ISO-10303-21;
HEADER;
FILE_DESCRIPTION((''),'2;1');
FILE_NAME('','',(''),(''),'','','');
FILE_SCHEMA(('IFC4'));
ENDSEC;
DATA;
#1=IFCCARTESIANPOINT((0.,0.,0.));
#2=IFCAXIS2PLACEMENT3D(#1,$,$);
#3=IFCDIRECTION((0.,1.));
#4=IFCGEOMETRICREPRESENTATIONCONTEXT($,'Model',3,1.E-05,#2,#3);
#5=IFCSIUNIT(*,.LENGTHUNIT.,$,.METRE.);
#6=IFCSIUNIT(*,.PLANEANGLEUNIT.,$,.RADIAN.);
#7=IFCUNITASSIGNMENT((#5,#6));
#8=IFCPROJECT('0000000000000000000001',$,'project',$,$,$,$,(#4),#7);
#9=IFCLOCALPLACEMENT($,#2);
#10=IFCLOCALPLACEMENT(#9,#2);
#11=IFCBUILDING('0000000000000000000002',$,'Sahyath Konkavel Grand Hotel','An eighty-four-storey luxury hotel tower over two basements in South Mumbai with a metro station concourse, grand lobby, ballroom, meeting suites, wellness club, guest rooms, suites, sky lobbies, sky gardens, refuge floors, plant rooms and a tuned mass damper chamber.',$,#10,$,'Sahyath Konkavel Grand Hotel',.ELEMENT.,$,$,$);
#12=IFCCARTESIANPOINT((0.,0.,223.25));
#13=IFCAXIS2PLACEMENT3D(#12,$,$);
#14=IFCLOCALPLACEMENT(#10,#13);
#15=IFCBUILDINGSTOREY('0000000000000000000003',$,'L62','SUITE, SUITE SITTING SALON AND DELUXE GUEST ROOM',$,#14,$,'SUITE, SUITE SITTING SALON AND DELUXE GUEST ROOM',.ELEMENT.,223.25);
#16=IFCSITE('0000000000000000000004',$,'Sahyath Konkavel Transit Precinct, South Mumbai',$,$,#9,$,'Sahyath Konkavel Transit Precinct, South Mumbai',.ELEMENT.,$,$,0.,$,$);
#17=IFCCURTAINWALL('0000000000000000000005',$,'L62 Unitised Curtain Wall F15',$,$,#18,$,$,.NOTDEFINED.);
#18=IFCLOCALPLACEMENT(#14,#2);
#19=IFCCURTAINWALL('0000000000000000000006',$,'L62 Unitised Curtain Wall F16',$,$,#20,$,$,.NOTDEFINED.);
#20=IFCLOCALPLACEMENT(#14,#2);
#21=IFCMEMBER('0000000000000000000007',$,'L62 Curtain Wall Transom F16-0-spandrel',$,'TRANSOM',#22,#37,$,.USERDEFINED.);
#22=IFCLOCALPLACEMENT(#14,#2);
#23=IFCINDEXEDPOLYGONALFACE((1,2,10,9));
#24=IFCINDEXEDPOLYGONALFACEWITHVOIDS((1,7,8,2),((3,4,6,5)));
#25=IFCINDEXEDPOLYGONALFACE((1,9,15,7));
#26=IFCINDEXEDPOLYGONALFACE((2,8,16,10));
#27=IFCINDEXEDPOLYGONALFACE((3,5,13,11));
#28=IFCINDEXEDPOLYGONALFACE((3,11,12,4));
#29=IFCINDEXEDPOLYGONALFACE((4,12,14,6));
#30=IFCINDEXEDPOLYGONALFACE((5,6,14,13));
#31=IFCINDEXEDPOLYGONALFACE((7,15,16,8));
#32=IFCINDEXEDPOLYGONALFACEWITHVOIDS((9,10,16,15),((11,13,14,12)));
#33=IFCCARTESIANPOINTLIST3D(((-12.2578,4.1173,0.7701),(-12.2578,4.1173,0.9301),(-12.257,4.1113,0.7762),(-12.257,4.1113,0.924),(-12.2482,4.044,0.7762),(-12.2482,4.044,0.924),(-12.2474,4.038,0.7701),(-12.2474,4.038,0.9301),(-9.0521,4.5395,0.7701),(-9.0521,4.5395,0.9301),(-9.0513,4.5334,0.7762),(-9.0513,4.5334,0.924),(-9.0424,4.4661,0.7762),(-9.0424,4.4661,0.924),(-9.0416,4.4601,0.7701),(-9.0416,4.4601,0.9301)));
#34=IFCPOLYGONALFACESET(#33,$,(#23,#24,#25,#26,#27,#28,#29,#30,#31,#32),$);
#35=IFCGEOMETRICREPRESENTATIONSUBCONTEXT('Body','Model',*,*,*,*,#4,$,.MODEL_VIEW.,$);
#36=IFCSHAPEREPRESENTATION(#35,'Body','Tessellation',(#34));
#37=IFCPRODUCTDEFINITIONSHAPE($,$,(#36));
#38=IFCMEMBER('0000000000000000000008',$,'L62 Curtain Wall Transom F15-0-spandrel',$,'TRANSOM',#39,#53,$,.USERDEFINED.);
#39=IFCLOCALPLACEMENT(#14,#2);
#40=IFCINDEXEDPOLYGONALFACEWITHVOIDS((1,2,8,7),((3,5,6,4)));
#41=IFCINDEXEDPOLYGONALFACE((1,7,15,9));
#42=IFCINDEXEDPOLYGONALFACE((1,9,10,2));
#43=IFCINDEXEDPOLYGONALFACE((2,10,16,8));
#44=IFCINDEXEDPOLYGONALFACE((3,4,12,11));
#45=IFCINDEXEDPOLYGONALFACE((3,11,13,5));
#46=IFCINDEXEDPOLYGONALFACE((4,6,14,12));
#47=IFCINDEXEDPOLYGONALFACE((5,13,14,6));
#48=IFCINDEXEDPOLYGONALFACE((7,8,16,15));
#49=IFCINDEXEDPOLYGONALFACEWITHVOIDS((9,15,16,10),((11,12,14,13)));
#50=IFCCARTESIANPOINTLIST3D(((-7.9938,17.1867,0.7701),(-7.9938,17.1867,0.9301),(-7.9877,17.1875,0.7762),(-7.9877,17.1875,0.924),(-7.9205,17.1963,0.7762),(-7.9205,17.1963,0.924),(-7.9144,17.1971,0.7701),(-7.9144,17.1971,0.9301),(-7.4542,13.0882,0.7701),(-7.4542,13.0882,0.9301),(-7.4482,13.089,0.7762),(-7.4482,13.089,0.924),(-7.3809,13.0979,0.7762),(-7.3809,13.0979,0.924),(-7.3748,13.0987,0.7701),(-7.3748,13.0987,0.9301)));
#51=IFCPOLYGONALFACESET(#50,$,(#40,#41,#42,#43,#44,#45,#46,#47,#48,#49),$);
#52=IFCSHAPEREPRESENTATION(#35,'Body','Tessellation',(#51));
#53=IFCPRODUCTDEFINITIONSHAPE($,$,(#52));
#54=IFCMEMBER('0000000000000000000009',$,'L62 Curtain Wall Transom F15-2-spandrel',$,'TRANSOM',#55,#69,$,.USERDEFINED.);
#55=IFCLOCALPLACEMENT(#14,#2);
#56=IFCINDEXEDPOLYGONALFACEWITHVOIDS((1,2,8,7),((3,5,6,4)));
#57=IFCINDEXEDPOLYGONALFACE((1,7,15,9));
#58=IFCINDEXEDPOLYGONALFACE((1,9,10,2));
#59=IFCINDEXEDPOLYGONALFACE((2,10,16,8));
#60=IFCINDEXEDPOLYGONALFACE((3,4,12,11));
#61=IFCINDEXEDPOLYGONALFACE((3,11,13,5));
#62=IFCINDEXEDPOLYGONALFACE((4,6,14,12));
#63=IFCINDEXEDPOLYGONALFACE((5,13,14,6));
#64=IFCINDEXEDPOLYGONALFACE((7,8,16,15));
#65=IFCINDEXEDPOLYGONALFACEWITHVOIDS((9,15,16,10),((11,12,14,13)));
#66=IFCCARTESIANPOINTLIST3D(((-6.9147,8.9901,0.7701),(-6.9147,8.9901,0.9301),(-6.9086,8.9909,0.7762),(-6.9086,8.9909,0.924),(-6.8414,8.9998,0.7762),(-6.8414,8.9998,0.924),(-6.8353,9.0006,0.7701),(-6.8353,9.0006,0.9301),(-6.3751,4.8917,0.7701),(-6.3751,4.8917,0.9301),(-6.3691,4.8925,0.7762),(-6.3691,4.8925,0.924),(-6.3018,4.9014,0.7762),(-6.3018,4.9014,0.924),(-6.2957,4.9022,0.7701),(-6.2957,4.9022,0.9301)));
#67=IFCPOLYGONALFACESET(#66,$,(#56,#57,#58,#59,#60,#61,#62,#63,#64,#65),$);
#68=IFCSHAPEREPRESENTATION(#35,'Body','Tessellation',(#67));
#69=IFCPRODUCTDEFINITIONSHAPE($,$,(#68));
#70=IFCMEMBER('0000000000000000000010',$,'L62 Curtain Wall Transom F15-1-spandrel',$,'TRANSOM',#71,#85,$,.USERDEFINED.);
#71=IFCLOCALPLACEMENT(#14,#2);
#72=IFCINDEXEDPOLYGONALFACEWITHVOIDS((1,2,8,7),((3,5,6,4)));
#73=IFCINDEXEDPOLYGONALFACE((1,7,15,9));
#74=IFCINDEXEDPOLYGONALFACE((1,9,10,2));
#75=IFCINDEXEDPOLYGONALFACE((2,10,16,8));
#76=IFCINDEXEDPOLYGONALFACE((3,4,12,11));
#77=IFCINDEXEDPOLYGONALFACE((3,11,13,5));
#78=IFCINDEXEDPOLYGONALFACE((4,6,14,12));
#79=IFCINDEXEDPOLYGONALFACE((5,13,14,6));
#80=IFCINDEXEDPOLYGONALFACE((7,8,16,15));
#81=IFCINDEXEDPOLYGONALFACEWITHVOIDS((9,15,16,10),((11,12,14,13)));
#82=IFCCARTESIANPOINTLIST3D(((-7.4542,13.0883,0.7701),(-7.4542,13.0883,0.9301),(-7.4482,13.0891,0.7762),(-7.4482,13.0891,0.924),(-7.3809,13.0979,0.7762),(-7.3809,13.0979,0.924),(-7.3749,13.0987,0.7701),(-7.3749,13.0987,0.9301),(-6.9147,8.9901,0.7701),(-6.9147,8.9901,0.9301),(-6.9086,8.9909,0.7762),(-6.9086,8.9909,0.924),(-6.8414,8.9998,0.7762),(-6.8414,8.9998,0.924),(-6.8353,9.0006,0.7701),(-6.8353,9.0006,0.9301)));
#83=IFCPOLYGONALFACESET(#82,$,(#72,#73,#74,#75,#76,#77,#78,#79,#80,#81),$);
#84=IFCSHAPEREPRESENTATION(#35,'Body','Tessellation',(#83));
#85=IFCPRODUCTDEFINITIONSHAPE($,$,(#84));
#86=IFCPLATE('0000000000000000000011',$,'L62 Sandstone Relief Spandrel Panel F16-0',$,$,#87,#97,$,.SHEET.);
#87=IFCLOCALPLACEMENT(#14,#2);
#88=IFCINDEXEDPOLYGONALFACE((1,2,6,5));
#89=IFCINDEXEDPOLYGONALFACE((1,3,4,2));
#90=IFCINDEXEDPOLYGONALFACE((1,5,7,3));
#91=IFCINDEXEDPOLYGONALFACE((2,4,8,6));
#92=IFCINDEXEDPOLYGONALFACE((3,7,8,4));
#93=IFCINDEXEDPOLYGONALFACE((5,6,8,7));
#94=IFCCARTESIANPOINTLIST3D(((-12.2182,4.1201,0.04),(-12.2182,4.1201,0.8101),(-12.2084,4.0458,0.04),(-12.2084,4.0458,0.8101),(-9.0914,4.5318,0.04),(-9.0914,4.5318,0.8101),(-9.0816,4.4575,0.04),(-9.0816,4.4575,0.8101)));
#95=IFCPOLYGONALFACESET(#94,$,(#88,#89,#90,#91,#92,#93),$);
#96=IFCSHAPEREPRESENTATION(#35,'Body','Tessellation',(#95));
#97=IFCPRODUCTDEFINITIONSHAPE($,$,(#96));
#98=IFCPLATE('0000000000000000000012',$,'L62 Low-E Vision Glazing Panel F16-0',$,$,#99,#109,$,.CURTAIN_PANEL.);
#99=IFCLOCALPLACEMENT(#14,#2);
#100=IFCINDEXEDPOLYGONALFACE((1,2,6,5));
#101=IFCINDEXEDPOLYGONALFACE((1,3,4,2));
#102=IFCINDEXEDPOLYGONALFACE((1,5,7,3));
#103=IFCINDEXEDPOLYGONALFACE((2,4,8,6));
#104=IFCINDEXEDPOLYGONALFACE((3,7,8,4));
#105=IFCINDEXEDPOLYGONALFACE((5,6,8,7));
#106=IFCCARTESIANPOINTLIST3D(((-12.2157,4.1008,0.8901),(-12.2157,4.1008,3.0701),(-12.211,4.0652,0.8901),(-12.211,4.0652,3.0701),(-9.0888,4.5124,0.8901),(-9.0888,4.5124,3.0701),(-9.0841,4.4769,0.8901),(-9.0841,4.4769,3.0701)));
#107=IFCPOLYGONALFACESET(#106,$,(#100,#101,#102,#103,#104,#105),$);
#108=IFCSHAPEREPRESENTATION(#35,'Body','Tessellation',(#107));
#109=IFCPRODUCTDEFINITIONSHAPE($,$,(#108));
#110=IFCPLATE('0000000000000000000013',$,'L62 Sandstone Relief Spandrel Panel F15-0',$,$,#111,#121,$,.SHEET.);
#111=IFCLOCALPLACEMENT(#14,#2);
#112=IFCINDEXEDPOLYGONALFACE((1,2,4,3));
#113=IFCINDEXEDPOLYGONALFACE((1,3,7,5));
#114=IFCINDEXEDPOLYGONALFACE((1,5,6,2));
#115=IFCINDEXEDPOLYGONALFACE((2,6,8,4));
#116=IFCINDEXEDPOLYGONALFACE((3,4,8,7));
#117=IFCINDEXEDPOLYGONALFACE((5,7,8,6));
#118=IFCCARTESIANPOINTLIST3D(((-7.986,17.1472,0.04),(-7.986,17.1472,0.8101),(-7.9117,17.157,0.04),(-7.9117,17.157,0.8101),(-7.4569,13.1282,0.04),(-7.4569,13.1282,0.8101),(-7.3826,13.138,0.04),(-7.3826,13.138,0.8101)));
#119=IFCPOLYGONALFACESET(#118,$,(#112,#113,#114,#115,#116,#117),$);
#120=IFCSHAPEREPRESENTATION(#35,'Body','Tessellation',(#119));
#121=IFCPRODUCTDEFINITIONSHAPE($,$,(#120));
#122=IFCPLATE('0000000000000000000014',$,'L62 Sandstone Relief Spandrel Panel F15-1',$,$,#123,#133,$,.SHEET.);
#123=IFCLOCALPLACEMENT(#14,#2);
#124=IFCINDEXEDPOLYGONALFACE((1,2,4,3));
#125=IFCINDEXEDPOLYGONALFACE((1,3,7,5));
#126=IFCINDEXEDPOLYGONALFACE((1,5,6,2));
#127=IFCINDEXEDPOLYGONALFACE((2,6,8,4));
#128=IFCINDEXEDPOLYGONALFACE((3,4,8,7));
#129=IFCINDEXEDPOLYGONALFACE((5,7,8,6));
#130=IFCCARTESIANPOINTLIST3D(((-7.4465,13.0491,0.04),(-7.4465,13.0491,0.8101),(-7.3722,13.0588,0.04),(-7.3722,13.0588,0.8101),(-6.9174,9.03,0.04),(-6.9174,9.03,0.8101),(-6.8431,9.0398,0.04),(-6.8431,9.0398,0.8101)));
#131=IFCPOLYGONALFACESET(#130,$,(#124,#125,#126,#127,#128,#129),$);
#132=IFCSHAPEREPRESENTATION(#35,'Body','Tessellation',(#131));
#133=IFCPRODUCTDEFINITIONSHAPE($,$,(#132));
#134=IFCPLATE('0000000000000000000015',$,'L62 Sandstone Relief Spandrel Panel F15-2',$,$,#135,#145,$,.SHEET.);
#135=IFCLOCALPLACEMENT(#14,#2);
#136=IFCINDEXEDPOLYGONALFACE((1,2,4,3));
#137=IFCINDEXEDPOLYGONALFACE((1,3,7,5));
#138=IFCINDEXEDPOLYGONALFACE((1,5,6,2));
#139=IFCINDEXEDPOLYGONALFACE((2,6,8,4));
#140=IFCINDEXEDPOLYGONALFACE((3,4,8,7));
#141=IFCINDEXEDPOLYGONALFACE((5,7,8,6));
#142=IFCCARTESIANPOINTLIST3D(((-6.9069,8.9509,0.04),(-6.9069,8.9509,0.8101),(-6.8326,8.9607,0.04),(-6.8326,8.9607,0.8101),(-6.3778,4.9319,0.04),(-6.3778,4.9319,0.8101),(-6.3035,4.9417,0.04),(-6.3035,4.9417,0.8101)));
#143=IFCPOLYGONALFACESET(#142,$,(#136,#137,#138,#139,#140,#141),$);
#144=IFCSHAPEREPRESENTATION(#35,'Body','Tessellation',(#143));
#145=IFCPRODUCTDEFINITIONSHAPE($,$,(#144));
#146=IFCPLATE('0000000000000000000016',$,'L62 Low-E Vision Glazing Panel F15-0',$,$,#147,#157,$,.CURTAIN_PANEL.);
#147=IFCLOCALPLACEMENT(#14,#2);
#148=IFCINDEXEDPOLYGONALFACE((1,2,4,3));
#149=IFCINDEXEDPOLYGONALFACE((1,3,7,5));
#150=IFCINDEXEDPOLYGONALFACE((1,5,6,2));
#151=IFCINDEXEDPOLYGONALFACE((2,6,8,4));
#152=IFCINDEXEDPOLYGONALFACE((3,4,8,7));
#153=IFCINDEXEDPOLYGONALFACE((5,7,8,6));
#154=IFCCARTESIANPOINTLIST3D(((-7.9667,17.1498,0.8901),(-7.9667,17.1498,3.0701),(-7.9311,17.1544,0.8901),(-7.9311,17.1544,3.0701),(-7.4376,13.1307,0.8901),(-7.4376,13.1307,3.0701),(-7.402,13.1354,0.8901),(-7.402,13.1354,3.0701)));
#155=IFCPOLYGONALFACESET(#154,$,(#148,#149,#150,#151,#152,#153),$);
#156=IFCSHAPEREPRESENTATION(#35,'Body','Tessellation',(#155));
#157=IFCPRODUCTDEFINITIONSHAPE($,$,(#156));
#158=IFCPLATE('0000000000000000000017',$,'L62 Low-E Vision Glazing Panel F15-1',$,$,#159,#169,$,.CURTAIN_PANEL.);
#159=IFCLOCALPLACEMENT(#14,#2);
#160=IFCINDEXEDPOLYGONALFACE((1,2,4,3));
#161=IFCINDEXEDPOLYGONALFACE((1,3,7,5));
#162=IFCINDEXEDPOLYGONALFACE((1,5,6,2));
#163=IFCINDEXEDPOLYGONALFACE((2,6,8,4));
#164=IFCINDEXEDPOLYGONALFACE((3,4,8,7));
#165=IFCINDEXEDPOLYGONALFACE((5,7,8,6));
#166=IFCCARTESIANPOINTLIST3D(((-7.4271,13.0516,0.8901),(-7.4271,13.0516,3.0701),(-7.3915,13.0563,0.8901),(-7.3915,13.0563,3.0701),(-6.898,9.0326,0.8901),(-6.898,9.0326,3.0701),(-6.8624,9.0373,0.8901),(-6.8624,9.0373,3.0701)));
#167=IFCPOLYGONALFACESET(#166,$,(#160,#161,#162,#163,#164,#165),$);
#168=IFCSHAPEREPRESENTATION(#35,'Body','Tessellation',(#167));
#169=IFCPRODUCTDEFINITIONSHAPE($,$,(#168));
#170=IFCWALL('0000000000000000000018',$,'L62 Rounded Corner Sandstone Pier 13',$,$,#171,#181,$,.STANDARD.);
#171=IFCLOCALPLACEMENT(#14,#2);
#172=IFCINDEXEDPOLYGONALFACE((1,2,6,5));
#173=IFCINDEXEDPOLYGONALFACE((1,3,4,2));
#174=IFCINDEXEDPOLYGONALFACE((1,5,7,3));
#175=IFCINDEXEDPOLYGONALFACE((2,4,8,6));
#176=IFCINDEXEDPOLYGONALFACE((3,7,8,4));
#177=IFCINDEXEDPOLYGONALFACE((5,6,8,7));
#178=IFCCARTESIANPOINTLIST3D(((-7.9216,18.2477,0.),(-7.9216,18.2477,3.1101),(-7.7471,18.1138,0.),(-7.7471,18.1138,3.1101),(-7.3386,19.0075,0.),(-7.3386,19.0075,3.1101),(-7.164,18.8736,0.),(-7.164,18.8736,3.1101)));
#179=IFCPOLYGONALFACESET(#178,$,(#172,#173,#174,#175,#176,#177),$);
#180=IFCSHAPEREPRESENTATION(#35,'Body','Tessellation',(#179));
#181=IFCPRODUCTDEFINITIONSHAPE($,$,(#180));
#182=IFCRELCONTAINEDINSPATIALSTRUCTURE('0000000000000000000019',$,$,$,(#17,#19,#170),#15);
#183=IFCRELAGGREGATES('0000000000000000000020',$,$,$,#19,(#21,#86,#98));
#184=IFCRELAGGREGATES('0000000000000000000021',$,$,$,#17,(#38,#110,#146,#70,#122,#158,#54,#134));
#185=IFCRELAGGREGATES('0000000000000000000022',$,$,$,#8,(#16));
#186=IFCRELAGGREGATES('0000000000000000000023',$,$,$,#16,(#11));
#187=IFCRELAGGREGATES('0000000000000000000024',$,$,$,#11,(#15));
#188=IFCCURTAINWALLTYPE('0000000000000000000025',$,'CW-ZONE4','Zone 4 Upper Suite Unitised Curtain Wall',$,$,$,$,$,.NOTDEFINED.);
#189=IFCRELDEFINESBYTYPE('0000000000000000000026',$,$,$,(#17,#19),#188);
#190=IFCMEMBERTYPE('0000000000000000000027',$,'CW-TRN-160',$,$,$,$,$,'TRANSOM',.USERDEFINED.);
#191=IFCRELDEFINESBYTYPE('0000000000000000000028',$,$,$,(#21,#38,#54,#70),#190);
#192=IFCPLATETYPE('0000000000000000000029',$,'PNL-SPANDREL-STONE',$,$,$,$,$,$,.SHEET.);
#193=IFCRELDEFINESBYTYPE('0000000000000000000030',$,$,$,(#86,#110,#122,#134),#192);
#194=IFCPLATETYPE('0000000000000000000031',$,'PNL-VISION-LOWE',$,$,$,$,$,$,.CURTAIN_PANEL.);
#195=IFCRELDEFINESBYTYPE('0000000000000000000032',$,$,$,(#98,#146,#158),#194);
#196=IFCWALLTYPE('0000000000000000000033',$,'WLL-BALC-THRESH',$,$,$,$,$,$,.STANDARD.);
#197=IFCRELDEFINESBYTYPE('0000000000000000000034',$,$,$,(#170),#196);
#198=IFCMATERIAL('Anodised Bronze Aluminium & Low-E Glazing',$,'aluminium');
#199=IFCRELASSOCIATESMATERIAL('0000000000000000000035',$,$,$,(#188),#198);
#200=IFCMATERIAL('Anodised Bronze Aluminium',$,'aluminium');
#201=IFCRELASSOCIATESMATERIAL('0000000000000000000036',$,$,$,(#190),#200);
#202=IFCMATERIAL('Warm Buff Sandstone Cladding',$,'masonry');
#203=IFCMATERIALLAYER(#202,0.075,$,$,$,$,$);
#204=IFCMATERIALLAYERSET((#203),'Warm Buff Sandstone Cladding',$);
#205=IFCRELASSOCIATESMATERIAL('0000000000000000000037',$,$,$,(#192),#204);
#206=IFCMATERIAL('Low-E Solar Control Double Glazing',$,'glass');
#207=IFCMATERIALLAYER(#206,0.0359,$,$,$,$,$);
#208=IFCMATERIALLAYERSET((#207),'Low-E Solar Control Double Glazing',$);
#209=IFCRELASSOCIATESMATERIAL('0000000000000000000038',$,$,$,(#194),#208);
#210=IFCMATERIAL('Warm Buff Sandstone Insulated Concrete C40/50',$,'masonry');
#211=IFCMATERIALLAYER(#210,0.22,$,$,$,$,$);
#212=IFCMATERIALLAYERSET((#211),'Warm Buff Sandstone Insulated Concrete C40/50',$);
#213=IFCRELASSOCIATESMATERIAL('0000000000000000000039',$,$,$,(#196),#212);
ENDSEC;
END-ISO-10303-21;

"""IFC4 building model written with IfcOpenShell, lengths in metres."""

from ifc_helpers import new_model, si_unit, direction, frame, frame_2d, origin, origin_2d, place, context, subcontext, project, spatial, rectangle, hollow_rectangle, extrude, source, transform, mapped, material, layer, layer_set, material_profile, profile_set, type_object, element, aggregate, save


model = new_model("IFC4")

# Units and contexts
model_context = context("Model", 3, precision=1e-05, world=origin(), true_north=direction((0.0, 1.0)))
body_context = subcontext(model_context, "Body", "Model", "MODEL_VIEW")
ifc_project = project(units=[si_unit("LENGTHUNIT", "METRE"), si_unit("PLANEANGLEUNIT", "RADIAN")], contexts=[model_context])

# Site, building, storey
site_placement = place(None, origin())
site = spatial("IfcSite", under=ifc_project, at=site_placement, Name="Sahyath Konkavel Transit Precinct, South Mumbai", LongName="Sahyath Konkavel Transit Precinct, South Mumbai", CompositionType="ELEMENT", RefElevation=0.0)
building_placement = place(site_placement, origin())
building = spatial("IfcBuilding", under=site, at=building_placement, Name="Sahyath Konkavel Grand Hotel", Description="An eighty-four-storey luxury hotel tower over two basements in South Mumbai with a metro station concourse, grand lobby, ballroom, meeting suites, wellness club, guest rooms, suites, sky lobbies, sky gardens, refuge floors, plant rooms and a tuned mass damper chamber.", LongName="Sahyath Konkavel Grand Hotel", CompositionType="ELEMENT")
storey_placement = place(building_placement, frame((0.0, 0.0, 223.25)))
storey = spatial("IfcBuildingStorey", under=building, at=storey_placement, Name="L62", Description="SUITE, SUITE SITTING SALON AND DELUXE GUEST ROOM", LongName="SUITE, SUITE SITTING SALON AND DELUXE GUEST ROOM", CompositionType="ELEMENT", Elevation=223.25)

# Curtain walls
ifc_material_1 = material(Name="Anodised Bronze Aluminium & Low-E Glazing", Category="aluminium")
curtain_wall_type = type_object("IfcCurtainWallType", Name="CW-ZONE4", Description="Zone 4 Upper Suite Unitised Curtain Wall", PredefinedType="NOTDEFINED", material=ifc_material_1)
curtain_wall_1_placement = place(storey_placement, origin())
curtain_wall_1 = element("IfcCurtainWall", 1, at=curtain_wall_1_placement, inside=storey, type_object=curtain_wall_type, Name="L62 Unitised Curtain Wall F15", PredefinedType="NOTDEFINED")
curtain_wall_2_placement = place(storey_placement, origin())
curtain_wall_2 = element("IfcCurtainWall", 2, at=curtain_wall_2_placement, inside=storey, type_object=curtain_wall_type, Name="L62 Unitised Curtain Wall F16", PredefinedType="NOTDEFINED")
ifc_material_2 = material(Name="Anodised Bronze Aluminium", Category="aluminium")

# Members
ifc_material_profile_1 = material_profile(ifc_material_2, hollow_rectangle(XDim=0.0801, YDim=0.1599, WallThickness=0.0061, at=origin_2d()), Name="RHS 160x80x6")
ifc_profile_set_1 = profile_set([ifc_material_profile_1], Name="Anodised Bronze Aluminium")
member_type_1 = type_object("IfcMemberType", Name="CW-TRN-160", ElementType="TRANSOM", PredefinedType="USERDEFINED", material=ifc_profile_set_1)
shared_shape_1 = source(origin(), body_context, "Body", "SweptSolid", [
    extrude(hollow_rectangle(XDim=0.0801, YDim=0.1599, WallThickness=0.0061, at=origin_2d()), origin(), (0.0, 0.0, 1.0), 3.2334),
])
member_1_placement = place(storey_placement, frame((-9.0469, 4.4998, 0.8501), z_axis=(-0.991442, -0.130546, 0.0), x_axis=(0.130546, -0.991442, 0.0)))
member_1 = element("IfcMember", 3, at=member_1_placement, type_object=member_type_1, Name="L62 Curtain Wall Transom F16-0-spandrel", ObjectType="TRANSOM", PredefinedType="USERDEFINED", context=body_context, shape_type="MappedRepresentation", body=[
    mapped(shared_shape_1, transform((0.0, 0.0, 0.0), scale=1.0)),
])
shared_shape_2 = source(origin(), body_context, "Body", "SweptSolid", [
    extrude(hollow_rectangle(XDim=0.0801, YDim=0.1599, WallThickness=0.0061, at=origin_2d()), origin(), (0.0, 0.0, 1.0), 4.1338),
])
member_2_placement = place(storey_placement, frame((-7.9541, 17.1919, 0.8501), z_axis=(0.130523, -0.991445, 0.0), x_axis=(0.991445, 0.130523, 0.0)))
member_2 = element("IfcMember", 4, at=member_2_placement, type_object=member_type_1, Name="L62 Curtain Wall Transom F15-0-spandrel", ObjectType="TRANSOM", PredefinedType="USERDEFINED", context=body_context, shape_type="MappedRepresentation", body=[
    mapped(shared_shape_2, transform((0.0, 0.0, 0.0), scale=1.0)),
])
member_3_placement = place(storey_placement, frame((-6.875, 8.9954, 0.8501), z_axis=(0.130523, -0.991445, 0.0), x_axis=(0.991445, 0.130523, 0.0)))
member_3 = element("IfcMember", 5, at=member_3_placement, type_object=member_type_1, Name="L62 Curtain Wall Transom F15-2-spandrel", ObjectType="TRANSOM", PredefinedType="USERDEFINED", context=body_context, shape_type="MappedRepresentation", body=[
    mapped(shared_shape_2, transform((0.0, 0.0, 0.0), scale=1.0)),
])
shared_shape_3 = source(origin(), body_context, "Body", "SweptSolid", [
    extrude(hollow_rectangle(XDim=0.0801, YDim=0.1599, WallThickness=0.0061, at=origin_2d()), origin(), (0.0, 0.0, 1.0), 4.1335),
])
member_4_placement = place(storey_placement, frame((-7.4146, 13.0935, 0.8501), z_axis=(0.130531, -0.991444, 0.0), x_axis=(0.991444, 0.130531, 0.0)))
member_4 = element("IfcMember", 6, at=member_4_placement, type_object=member_type_1, Name="L62 Curtain Wall Transom F15-1-spandrel", ObjectType="TRANSOM", PredefinedType="USERDEFINED", context=body_context, shape_type="MappedRepresentation", body=[
    mapped(shared_shape_3, transform((0.0, 0.0, 0.0), scale=1.0)),
])

# Plates
ifc_material_3 = material(Name="Warm Buff Sandstone Cladding", Category="masonry")
ifc_layer_1 = layer(ifc_material_3, 0.075)
ifc_layer_set_1 = layer_set([ifc_layer_1], Name="Warm Buff Sandstone Cladding")
plate_type_1 = type_object("IfcPlateType", Name="PNL-SPANDREL-STONE", PredefinedType="SHEET", material=ifc_layer_set_1)
shared_shape_4 = source(origin(), body_context, "Body", "SweptSolid", [
    extrude(rectangle(XDim=3.1538, YDim=0.075, at=origin_2d()), origin(), (0.0, 0.0, 1.0), 0.77),
])
plate_1_placement = place(storey_placement, frame((-10.6499, 4.2888, 0.04), z_axis=(0.0, 0.0, 1.0), x_axis=(-0.991445, -0.130526, 0.0)))
plate_1 = element("IfcPlate", 7, at=plate_1_placement, type_object=plate_type_1, Name="L62 Sandstone Relief Spandrel Panel F16-0", PredefinedType="SHEET", context=body_context, shape_type="MappedRepresentation", body=[
    mapped(shared_shape_4, transform((0.0, 0.0, 0.0), scale=1.0)),
])
ifc_material_4 = material(Name="Low-E Solar Control Double Glazing", Category="glass")
ifc_layer_2 = layer(ifc_material_4, 0.0359)
ifc_layer_set_2 = layer_set([ifc_layer_2], Name="Low-E Solar Control Double Glazing")
plate_type_2 = type_object("IfcPlateType", Name="PNL-VISION-LOWE", PredefinedType="CURTAIN_PANEL", material=ifc_layer_set_2)
shared_shape_5 = source(origin(), body_context, "Body", "SweptSolid", [
    extrude(rectangle(XDim=3.1538, YDim=0.0359, at=origin_2d()), origin(), (0.0, 0.0, 1.0), 2.1799),
])
plate_2_placement = place(storey_placement, frame((-10.6499, 4.2888, 0.8901), z_axis=(0.0, 0.0, 1.0), x_axis=(-0.991445, -0.130526, 0.0)))
plate_2 = element("IfcPlate", 8, at=plate_2_placement, type_object=plate_type_2, Name="L62 Low-E Vision Glazing Panel F16-0", PredefinedType="CURTAIN_PANEL", context=body_context, shape_type="MappedRepresentation", body=[
    mapped(shared_shape_5, transform((0.0, 0.0, 0.0), scale=1.0)),
])
aggregate(curtain_wall_2, [member_1, plate_1, plate_2])
shared_shape_6 = source(origin(), body_context, "Body", "SweptSolid", [
    extrude(rectangle(XDim=4.0537, YDim=0.075, at=origin_2d()), origin(), (0.0, 0.0, 1.0), 0.77),
])
plate_3_placement = place(storey_placement, frame((-7.6843, 15.1426, 0.04), z_axis=(0.0, 0.0, 1.0), x_axis=(0.130526, -0.991445, 0.0)))
plate_3 = element("IfcPlate", 9, at=plate_3_placement, type_object=plate_type_1, Name="L62 Sandstone Relief Spandrel Panel F15-0", PredefinedType="SHEET", context=body_context, shape_type="MappedRepresentation", body=[
    mapped(shared_shape_6, transform((0.0, 0.0, 0.0), scale=1.0)),
])
plate_4_placement = place(storey_placement, frame((-7.1448, 11.0444, 0.04), z_axis=(0.0, 0.0, 1.0), x_axis=(0.130526, -0.991445, 0.0)))
plate_4 = element("IfcPlate", 10, at=plate_4_placement, type_object=plate_type_1, Name="L62 Sandstone Relief Spandrel Panel F15-1", PredefinedType="SHEET", context=body_context, shape_type="MappedRepresentation", body=[
    mapped(shared_shape_6, transform((0.0, 0.0, 0.0), scale=1.0)),
])
plate_5_placement = place(storey_placement, frame((-6.6052, 6.9463, 0.04), z_axis=(0.0, 0.0, 1.0), x_axis=(0.130526, -0.991445, 0.0)))
plate_5 = element("IfcPlate", 11, at=plate_5_placement, type_object=plate_type_1, Name="L62 Sandstone Relief Spandrel Panel F15-2", PredefinedType="SHEET", context=body_context, shape_type="MappedRepresentation", body=[
    mapped(shared_shape_6, transform((0.0, 0.0, 0.0), scale=1.0)),
])
shared_shape_7 = source(origin(), body_context, "Body", "SweptSolid", [
    extrude(rectangle(XDim=4.0537, YDim=0.0359, at=origin_2d()), origin(), (0.0, 0.0, 1.0), 2.1799),
])
plate_6_placement = place(storey_placement, frame((-7.6843, 15.1426, 0.8901), z_axis=(0.0, 0.0, 1.0), x_axis=(0.130526, -0.991445, 0.0)))
plate_6 = element("IfcPlate", 12, at=plate_6_placement, type_object=plate_type_2, Name="L62 Low-E Vision Glazing Panel F15-0", PredefinedType="CURTAIN_PANEL", context=body_context, shape_type="MappedRepresentation", body=[
    mapped(shared_shape_7, transform((0.0, 0.0, 0.0), scale=1.0)),
])
plate_7_placement = place(storey_placement, frame((-7.1448, 11.0444, 0.8901), z_axis=(0.0, 0.0, 1.0), x_axis=(0.130526, -0.991445, 0.0)))
plate_7 = element("IfcPlate", 13, at=plate_7_placement, type_object=plate_type_2, Name="L62 Low-E Vision Glazing Panel F15-1", PredefinedType="CURTAIN_PANEL", context=body_context, shape_type="MappedRepresentation", body=[
    mapped(shared_shape_7, transform((0.0, 0.0, 0.0), scale=1.0)),
])
aggregate(curtain_wall_1, [member_2, plate_3, plate_6, member_4, plate_4, plate_7, member_3, plate_5])

# Wall
ifc_material_5 = material(Name="Warm Buff Sandstone Insulated Concrete C40/50", Category="masonry")
ifc_layer_3 = layer(ifc_material_5, 0.22)
ifc_layer_set_3 = layer_set([ifc_layer_3], Name="Warm Buff Sandstone Insulated Concrete C40/50")
wall_type = type_object("IfcWallType", Name="WLL-BALC-THRESH", PredefinedType="STANDARD", material=ifc_layer_set_3)
for number, where, z_axis, x_axis, name in (
    (14, (-7.2512, 18.9407, 0.0), (0.0, 0.0, 1.0), (-0.608774, -0.793344, 0.0), "L62 Rounded Corner Sandstone Pier 13"),
):
    element("IfcWall", number, at=place(storey_placement, frame(where, z_axis=z_axis, x_axis=x_axis)), inside=storey, type_object=wall_type, Name=name, PredefinedType="STANDARD", context=body_context, shape_type="SweptSolid", body=[
        extrude(rectangle(XDim=0.9578, YDim=0.22, at=frame_2d((0.479, 0.0))), origin(), (0.0, 0.0, 1.0), 3.1101),
    ])

save(model, "model.ifc")
